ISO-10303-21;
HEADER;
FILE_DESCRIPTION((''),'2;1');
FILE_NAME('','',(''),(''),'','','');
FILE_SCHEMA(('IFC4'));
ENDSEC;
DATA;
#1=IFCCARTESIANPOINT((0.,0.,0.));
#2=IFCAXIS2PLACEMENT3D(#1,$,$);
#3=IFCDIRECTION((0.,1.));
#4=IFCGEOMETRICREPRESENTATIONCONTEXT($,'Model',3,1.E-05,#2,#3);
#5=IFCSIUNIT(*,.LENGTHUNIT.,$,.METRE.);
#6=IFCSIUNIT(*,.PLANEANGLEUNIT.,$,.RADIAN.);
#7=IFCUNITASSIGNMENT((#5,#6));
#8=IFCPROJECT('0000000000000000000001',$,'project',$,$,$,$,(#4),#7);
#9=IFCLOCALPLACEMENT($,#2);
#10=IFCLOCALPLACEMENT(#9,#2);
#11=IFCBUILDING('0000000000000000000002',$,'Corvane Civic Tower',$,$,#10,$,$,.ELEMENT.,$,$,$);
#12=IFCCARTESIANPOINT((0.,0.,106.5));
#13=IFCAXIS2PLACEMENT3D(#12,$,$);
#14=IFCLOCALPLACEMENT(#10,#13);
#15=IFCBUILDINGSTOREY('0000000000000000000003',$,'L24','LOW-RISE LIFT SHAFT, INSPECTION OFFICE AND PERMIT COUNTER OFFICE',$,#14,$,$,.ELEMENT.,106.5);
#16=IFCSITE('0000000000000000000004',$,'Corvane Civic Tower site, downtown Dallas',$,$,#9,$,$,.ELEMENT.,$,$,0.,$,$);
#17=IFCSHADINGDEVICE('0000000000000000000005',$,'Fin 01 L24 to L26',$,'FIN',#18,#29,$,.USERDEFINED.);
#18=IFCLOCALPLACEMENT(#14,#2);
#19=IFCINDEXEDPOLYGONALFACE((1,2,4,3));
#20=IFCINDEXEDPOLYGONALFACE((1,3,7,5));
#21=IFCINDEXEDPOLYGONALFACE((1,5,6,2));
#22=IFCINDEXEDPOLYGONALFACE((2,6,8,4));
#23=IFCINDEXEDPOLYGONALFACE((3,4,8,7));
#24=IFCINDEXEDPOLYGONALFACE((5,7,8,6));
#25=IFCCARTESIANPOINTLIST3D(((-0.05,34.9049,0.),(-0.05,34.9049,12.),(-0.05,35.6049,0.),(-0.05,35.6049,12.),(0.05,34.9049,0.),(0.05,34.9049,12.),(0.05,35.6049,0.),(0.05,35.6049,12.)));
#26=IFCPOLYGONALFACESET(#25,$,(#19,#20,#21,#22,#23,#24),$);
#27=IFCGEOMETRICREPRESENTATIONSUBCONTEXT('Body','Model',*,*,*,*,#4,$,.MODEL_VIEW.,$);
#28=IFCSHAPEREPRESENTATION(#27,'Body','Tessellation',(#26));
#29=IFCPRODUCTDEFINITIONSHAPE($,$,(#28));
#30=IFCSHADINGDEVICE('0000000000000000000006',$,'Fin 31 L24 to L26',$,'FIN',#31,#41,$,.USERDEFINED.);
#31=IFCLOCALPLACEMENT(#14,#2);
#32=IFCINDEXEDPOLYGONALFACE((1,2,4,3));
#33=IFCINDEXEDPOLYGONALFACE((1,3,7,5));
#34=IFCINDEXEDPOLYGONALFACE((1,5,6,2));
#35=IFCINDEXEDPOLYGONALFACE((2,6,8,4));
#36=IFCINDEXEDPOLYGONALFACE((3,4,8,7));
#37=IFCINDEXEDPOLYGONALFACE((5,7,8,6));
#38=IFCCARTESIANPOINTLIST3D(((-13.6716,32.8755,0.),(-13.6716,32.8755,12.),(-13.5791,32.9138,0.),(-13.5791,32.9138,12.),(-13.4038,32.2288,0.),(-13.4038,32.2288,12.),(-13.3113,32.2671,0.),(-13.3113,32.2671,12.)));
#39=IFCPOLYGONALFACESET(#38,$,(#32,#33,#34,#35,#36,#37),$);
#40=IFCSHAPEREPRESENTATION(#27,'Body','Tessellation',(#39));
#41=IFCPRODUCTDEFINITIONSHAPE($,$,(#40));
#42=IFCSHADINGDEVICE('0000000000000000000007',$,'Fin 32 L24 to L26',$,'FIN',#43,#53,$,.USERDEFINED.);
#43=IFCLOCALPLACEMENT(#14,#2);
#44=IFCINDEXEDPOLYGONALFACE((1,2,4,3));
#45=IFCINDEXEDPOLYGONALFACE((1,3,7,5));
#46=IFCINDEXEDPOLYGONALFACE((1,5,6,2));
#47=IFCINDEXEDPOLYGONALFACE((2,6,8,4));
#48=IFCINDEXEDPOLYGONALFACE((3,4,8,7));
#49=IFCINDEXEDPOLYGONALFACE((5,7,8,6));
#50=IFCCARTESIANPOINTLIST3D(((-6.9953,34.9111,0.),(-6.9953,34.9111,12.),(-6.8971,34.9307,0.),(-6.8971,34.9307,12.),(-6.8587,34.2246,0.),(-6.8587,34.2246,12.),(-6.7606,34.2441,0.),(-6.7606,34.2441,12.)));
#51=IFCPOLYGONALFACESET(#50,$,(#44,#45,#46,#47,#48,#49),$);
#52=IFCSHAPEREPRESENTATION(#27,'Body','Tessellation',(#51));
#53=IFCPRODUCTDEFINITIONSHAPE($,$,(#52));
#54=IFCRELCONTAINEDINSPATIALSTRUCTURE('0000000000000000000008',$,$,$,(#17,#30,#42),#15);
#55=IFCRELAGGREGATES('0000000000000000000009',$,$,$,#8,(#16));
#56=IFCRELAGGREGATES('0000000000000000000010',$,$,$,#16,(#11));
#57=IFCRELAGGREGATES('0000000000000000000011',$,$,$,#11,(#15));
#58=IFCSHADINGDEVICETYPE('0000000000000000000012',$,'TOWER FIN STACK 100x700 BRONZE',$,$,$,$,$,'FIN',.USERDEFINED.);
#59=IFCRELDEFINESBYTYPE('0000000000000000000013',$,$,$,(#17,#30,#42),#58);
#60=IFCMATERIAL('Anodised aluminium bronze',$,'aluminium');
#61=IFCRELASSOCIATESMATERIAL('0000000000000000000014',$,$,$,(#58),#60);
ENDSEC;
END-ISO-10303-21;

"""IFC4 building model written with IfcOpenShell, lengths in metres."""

from ifc_helpers import new_model, si_unit, direction, frame, origin, origin_2d, place, context, subcontext, project, spatial, rectangle, extrude, material, material_profile, profile_set, type_object, element, save


model = new_model("IFC4")

# Units and contexts
model_context = context("Model", 3, precision=1e-05, world=origin(), true_north=direction((0.0, 1.0)))
body_context = subcontext(model_context, "Body", "Model", "MODEL_VIEW")
ifc_project = project(units=[si_unit("LENGTHUNIT", "METRE"), si_unit("PLANEANGLEUNIT", "RADIAN")], contexts=[model_context])

# Site, building, storey
site_placement = place(None, origin())
site = spatial("IfcSite", under=ifc_project, at=site_placement, Name="Corvane Civic Tower site, downtown Dallas", CompositionType="ELEMENT", RefElevation=0.0)
building_placement = place(site_placement, origin())
building = spatial("IfcBuilding", under=site, at=building_placement, Name="Corvane Civic Tower", CompositionType="ELEMENT")
storey_placement = place(building_placement, frame((0.0, 0.0, 106.5)))
storey = spatial("IfcBuildingStorey", under=building, at=storey_placement, Name="L24", Description="LOW-RISE LIFT SHAFT, INSPECTION OFFICE AND PERMIT COUNTER OFFICE", CompositionType="ELEMENT", Elevation=106.5)

# Shading devices
ifc_material_1 = material(Name="Anodised aluminium bronze", Category="aluminium")
ifc_material_profile_1 = material_profile(ifc_material_1, rectangle(XDim=0.1001, YDim=0.7, at=origin_2d()), Name="TOWER FIN STACK 100x700 BRONZE")
ifc_profile_set_1 = profile_set([ifc_material_profile_1], Name="Anodised aluminium bronze")
shading_device_type = type_object("IfcShadingDeviceType", Name="TOWER FIN STACK 100x700 BRONZE", ElementType="FIN", PredefinedType="USERDEFINED", material=ifc_profile_set_1)
for number, where, z_axis, x_axis, name in (
    (1, (0.0, 35.2549, 0.0), (0.0, 0.0, 1.0), (1.0, 0.0, 0.0), "Fin 01 L24 to L26"),
    (2, (-13.4915, 32.5713, 0.0), (0.0, 0.0, 1.0), (0.92388, 0.382683, 0.0), "Fin 31 L24 to L26"),
    (3, (-6.8779, 34.5776, 0.0), (0.0, 0.0, 1.0), (0.980785, 0.19509, 0.0), "Fin 32 L24 to L26"),
):
    element("IfcShadingDevice", number, at=place(storey_placement, frame(where, z_axis=z_axis, x_axis=x_axis)), inside=storey, type_object=shading_device_type, Name=name, ObjectType="FIN", PredefinedType="USERDEFINED", context=body_context, shape_type="SweptSolid", body=[
        extrude(rectangle(XDim=0.1001, YDim=0.7, at=origin_2d()), origin(), (0.0, 0.0, 1.0), 12.0),
    ])

save(model, "model.ifc")
